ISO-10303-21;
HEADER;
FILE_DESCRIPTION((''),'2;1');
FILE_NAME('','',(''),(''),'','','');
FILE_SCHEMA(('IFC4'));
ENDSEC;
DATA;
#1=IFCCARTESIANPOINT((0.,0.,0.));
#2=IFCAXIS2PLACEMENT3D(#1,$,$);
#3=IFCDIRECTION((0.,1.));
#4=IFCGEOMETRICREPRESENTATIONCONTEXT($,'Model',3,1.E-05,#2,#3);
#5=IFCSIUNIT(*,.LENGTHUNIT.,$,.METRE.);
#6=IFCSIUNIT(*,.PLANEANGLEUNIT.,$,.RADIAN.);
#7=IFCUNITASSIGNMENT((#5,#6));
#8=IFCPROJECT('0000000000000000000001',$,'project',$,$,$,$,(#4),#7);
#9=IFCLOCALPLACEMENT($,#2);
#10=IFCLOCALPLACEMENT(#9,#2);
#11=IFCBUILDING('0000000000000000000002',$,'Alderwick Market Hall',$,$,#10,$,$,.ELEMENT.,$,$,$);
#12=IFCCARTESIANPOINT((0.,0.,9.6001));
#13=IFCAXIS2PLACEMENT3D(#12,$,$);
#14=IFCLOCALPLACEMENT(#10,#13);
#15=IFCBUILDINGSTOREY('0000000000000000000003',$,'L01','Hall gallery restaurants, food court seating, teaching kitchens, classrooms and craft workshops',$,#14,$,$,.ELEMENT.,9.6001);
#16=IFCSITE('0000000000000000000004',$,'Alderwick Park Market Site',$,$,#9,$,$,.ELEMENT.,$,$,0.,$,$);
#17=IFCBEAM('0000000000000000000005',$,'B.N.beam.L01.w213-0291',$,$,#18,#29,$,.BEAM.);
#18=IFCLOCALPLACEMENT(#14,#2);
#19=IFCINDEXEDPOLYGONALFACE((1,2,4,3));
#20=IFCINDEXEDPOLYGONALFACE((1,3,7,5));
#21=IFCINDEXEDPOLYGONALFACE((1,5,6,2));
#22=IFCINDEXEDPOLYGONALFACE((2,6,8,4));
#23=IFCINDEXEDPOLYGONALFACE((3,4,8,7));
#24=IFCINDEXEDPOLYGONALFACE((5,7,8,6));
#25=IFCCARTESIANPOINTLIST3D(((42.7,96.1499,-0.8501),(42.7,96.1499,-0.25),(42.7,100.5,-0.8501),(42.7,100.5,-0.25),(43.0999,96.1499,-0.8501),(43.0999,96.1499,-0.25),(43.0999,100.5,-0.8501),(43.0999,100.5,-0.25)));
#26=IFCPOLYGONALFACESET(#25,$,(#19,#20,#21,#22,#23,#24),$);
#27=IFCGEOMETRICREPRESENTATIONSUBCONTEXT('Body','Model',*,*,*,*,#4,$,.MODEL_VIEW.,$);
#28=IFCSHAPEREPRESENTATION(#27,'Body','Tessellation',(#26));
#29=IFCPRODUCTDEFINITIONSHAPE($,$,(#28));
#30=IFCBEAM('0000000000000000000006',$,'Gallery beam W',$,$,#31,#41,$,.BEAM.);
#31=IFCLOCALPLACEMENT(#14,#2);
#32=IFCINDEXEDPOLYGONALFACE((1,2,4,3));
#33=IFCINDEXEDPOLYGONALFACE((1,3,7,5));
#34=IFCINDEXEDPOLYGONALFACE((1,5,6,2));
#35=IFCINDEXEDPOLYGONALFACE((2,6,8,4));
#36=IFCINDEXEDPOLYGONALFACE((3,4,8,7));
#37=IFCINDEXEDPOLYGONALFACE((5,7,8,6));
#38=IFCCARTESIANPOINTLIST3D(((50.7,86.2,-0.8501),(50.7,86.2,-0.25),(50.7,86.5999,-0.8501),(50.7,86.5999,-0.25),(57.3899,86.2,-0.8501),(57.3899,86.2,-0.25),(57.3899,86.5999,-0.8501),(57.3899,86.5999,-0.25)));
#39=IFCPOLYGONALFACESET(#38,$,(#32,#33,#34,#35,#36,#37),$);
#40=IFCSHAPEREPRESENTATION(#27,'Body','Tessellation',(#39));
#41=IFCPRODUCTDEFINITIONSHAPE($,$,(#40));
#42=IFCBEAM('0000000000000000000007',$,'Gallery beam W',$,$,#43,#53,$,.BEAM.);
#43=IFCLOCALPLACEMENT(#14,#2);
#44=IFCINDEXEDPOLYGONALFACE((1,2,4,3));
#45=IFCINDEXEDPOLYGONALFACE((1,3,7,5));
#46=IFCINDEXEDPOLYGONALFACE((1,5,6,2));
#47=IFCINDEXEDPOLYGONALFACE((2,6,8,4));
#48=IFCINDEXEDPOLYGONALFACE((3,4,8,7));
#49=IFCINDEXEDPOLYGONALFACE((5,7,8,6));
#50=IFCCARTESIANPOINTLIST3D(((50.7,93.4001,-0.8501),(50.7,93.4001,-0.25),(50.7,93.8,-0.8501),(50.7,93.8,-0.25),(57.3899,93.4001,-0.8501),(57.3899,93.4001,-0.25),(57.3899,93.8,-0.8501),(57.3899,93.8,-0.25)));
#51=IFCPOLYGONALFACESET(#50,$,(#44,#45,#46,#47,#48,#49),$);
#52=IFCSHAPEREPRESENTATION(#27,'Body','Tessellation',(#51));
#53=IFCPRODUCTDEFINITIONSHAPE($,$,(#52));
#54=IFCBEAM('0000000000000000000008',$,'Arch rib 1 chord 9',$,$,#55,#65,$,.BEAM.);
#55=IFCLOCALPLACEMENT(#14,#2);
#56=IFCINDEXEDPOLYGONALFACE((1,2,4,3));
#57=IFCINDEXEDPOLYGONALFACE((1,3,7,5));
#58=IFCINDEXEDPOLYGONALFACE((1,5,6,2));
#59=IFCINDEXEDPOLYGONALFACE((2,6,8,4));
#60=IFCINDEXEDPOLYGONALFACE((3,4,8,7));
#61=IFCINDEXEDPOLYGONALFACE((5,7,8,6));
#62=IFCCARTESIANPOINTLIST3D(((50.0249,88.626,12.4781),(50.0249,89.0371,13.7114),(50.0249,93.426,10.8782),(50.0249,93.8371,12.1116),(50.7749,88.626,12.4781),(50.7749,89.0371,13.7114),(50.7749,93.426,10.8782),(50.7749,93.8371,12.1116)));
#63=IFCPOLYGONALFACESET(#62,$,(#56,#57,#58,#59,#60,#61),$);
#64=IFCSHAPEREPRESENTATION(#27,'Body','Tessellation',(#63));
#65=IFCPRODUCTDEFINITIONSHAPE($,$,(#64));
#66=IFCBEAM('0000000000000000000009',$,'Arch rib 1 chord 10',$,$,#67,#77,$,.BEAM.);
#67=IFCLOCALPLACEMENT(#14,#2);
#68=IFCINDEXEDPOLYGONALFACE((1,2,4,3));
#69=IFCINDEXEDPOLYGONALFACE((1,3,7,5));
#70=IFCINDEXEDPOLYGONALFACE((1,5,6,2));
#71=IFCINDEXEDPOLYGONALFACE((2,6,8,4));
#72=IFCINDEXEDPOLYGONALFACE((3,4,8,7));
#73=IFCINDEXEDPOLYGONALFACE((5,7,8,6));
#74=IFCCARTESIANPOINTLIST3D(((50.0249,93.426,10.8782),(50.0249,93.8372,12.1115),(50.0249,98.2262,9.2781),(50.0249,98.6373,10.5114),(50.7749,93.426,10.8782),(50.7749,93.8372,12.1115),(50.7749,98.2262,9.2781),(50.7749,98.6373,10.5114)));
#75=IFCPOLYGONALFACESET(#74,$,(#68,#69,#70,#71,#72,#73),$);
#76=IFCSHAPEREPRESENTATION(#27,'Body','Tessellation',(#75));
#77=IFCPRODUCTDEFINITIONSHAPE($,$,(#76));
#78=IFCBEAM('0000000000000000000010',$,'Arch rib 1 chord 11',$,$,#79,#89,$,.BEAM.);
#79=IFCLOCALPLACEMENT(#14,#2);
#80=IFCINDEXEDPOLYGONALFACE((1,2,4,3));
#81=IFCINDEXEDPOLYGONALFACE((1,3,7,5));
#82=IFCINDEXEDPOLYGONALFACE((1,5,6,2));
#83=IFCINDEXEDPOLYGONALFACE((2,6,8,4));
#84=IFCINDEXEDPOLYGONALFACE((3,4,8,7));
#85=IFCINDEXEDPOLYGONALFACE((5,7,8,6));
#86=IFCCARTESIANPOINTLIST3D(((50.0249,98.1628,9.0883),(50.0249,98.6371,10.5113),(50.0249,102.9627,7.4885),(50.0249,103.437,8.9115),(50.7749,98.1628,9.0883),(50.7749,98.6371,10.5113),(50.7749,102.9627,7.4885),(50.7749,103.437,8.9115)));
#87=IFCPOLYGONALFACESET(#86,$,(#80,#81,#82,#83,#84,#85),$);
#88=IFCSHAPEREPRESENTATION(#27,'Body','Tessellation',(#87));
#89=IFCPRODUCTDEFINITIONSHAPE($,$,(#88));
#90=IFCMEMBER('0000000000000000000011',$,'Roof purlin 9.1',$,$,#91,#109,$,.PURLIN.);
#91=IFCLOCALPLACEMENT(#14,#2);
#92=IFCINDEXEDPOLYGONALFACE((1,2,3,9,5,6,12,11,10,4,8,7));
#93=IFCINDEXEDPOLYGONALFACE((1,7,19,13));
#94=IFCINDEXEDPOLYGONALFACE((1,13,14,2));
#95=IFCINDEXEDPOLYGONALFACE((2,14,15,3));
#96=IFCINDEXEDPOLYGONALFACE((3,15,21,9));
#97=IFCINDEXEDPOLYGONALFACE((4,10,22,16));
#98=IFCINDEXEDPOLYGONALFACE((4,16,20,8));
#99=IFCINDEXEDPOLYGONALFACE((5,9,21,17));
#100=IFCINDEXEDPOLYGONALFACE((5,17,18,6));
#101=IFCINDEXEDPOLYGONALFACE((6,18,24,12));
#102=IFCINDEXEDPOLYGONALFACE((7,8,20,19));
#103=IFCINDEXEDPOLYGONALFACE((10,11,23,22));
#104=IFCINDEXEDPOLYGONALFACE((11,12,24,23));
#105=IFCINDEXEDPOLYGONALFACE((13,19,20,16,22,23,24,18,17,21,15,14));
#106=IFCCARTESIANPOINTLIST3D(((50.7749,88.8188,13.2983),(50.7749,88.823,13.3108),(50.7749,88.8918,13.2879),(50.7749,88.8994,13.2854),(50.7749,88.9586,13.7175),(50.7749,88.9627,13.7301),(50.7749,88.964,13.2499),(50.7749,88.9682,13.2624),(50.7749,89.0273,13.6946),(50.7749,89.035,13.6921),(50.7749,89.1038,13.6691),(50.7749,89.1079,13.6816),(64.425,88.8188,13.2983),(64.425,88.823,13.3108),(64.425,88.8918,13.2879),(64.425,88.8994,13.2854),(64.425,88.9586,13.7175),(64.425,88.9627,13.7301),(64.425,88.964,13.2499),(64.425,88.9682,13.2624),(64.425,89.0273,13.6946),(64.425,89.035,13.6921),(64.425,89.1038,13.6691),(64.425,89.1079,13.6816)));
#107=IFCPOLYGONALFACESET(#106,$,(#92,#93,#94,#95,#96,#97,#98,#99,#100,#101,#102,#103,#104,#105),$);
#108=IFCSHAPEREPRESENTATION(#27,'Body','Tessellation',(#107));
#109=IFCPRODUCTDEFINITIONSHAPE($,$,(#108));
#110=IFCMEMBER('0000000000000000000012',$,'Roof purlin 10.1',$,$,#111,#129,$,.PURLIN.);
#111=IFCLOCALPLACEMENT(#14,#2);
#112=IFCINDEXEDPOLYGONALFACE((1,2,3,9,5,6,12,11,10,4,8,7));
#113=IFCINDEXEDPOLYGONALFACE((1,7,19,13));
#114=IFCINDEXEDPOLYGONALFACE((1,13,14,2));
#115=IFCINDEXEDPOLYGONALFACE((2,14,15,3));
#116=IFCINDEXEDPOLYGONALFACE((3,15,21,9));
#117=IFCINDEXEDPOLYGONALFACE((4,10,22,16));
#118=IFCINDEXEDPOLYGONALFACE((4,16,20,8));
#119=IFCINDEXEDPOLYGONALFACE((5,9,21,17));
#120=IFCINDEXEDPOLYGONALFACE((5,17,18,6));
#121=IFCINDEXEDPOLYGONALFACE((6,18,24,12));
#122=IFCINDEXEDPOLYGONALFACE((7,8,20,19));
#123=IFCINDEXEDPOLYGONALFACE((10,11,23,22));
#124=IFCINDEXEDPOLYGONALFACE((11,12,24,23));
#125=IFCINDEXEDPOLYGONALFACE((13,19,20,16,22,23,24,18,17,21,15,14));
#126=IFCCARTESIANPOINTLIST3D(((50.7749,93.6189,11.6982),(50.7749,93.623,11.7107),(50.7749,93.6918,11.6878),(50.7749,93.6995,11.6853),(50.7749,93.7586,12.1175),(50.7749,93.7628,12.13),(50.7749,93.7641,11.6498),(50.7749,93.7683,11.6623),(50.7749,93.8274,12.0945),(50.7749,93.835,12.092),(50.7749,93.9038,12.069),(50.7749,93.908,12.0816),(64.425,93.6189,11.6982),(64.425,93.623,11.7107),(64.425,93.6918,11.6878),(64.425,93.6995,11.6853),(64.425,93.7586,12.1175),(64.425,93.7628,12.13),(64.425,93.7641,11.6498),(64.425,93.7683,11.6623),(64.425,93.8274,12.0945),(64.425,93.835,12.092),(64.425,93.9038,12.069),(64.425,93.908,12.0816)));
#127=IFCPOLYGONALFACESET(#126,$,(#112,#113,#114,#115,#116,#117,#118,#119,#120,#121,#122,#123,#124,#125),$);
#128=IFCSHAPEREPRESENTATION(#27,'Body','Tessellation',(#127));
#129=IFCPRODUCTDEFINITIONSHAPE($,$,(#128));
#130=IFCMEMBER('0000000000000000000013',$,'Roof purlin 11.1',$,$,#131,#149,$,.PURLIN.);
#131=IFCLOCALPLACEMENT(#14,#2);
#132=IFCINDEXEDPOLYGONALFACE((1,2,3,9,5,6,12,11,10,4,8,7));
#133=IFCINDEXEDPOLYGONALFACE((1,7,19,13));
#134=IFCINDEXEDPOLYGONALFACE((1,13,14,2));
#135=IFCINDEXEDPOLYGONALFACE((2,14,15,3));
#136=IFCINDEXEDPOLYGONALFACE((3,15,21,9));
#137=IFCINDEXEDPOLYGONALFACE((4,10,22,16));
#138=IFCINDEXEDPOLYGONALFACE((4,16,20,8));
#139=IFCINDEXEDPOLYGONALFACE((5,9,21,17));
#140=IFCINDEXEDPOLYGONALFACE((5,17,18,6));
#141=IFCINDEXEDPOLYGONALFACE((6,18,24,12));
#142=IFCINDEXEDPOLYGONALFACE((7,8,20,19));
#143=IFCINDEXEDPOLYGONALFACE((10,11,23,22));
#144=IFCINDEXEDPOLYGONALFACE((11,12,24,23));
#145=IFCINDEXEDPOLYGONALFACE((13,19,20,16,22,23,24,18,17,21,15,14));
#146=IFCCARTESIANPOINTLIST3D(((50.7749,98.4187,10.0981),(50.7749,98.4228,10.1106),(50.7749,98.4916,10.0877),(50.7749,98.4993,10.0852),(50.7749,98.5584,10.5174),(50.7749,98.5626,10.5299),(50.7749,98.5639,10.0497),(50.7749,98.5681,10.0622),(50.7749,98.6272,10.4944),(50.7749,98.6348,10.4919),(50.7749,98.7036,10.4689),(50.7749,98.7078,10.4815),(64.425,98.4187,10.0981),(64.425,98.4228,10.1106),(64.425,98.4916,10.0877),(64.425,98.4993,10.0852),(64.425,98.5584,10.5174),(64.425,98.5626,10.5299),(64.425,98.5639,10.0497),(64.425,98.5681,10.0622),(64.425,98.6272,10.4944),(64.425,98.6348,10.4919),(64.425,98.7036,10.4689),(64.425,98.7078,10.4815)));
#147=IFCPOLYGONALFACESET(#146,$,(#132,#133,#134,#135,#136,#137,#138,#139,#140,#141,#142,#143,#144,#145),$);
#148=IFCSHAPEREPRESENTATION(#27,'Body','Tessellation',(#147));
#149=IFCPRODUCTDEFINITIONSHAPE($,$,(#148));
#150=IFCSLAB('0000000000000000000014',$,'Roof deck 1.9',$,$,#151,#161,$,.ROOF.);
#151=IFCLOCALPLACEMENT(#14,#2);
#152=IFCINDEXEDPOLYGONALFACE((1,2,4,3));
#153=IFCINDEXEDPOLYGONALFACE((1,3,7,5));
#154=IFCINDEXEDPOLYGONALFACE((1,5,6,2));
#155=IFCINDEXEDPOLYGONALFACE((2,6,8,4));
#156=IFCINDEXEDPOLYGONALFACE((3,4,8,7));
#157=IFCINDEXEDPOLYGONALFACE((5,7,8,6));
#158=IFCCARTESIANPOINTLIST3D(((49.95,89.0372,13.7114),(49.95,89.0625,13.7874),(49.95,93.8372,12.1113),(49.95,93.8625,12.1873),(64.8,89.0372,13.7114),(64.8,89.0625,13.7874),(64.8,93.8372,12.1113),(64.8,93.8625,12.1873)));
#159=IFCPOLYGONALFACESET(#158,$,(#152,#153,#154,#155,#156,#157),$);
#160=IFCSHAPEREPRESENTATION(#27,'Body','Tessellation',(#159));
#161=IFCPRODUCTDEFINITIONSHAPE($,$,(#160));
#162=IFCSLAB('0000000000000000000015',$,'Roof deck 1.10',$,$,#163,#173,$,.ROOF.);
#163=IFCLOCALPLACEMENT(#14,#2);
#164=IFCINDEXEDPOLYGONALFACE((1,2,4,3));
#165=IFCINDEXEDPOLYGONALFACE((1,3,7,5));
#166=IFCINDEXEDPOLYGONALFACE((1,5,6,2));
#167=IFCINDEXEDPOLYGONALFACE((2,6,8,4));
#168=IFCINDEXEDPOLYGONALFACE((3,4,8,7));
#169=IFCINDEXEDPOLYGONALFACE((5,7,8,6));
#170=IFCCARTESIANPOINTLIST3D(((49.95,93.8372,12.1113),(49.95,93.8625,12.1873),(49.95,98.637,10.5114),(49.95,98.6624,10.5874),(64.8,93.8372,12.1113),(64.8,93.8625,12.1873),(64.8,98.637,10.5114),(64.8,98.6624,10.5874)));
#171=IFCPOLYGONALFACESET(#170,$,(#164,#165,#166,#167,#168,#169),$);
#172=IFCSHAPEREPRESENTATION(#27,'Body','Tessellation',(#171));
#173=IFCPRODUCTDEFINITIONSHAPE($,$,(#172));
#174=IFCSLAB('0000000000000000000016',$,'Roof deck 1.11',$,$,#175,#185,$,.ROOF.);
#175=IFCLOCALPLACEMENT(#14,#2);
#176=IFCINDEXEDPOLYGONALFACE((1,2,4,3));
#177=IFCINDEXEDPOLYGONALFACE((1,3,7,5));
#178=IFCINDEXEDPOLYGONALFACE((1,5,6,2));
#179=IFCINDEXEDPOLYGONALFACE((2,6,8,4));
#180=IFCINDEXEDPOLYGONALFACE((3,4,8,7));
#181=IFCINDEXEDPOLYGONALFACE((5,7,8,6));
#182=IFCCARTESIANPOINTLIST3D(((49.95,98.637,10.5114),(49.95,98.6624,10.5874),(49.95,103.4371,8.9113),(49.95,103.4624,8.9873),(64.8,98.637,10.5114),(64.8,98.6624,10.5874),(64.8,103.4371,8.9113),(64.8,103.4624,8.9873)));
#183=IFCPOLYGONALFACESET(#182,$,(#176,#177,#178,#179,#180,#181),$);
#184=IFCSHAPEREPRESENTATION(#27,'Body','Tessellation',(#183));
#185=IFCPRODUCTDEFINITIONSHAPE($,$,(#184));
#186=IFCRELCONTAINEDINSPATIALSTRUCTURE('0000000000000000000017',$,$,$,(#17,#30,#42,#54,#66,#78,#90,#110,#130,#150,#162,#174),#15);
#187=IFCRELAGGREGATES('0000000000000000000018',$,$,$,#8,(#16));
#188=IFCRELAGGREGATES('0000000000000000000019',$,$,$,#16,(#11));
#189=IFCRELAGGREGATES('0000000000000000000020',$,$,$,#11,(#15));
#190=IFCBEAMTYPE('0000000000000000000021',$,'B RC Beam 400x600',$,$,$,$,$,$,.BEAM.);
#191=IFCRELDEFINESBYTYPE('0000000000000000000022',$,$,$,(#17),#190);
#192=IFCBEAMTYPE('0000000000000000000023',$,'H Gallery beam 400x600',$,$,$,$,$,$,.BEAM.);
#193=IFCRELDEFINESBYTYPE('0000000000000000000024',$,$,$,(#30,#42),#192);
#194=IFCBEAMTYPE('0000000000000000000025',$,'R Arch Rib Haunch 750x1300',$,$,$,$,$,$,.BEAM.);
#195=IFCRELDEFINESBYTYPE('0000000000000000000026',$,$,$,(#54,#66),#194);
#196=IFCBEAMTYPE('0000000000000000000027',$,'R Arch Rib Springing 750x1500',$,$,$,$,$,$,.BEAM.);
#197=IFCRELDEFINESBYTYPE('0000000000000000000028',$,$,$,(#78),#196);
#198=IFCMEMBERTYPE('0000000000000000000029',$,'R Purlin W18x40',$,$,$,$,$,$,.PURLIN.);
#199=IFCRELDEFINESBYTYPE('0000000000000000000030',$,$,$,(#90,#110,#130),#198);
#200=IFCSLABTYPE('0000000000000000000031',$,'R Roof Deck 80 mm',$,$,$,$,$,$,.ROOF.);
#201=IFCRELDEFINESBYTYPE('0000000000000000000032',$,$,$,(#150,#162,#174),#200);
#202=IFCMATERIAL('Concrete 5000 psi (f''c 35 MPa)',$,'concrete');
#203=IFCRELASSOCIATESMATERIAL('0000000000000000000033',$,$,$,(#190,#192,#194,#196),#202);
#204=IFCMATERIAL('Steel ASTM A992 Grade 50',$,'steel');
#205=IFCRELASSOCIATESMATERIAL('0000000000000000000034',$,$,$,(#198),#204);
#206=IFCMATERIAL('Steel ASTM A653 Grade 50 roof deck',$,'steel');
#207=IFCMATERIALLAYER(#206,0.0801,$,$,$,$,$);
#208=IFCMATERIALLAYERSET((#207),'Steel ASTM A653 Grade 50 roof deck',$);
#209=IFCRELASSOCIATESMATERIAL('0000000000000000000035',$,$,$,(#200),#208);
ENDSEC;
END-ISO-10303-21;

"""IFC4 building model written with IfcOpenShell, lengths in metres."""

from ifc_helpers import new_model, si_unit, direction, frame, origin, origin_2d, place, context, subcontext, project, spatial, polyline, rectangle, i_section, outline, extrude, material, layer, layer_set, material_profile, profile_set, type_object, element, save


model = new_model("IFC4")

# Units and contexts
model_context = context("Model", 3, precision=1e-05, world=origin(), true_north=direction((0.0, 1.0)))
body_context = subcontext(model_context, "Body", "Model", "MODEL_VIEW")
ifc_project = project(units=[si_unit("LENGTHUNIT", "METRE"), si_unit("PLANEANGLEUNIT", "RADIAN")], contexts=[model_context])

# Site, building, storey
site_placement = place(None, origin())
site = spatial("IfcSite", under=ifc_project, at=site_placement, Name="Alderwick Park Market Site", CompositionType="ELEMENT", RefElevation=0.0)
building_placement = place(site_placement, origin())
building = spatial("IfcBuilding", under=site, at=building_placement, Name="Alderwick Market Hall", CompositionType="ELEMENT")
storey_placement = place(building_placement, frame((0.0, 0.0, 9.6001)))
storey = spatial("IfcBuildingStorey", under=building, at=storey_placement, Name="L01", Description="Hall gallery restaurants, food court seating, teaching kitchens, classrooms and craft workshops", CompositionType="ELEMENT", Elevation=9.6001)

# Beams
ifc_material_1 = material(Name="Concrete 5000 psi (f'c 35 MPa)", Category="concrete")
ifc_material_profile_1 = material_profile(ifc_material_1, rectangle(XDim=0.3999, YDim=0.6001, at=origin_2d()), Name="B RC Beam 400x600")
ifc_profile_set_1 = profile_set([ifc_material_profile_1], Name="Concrete 5000 psi (f'c 35 MPa)")
beam_type_1 = type_object("IfcBeamType", Name="B RC Beam 400x600", PredefinedType="BEAM", material=ifc_profile_set_1)
beam_1_placement = place(storey_placement, frame((42.8999, 100.5, -0.55), z_axis=(0.0, -1.0, 0.0), x_axis=(1.0, 0.0, 0.0)))
element("IfcBeam", 1, at=beam_1_placement, inside=storey, type_object=beam_type_1, Name="B.N.beam.L01.w213-0291", PredefinedType="BEAM", context=body_context, shape_type="SweptSolid", body=[
    extrude(rectangle(XDim=0.3999, YDim=0.6001, at=origin_2d()), origin(), (0.0, 0.0, 1.0), 4.3501),
])
ifc_material_profile_2 = material_profile(ifc_material_1, rectangle(XDim=0.3999, YDim=0.6001, at=origin_2d()), Name="RC 400x600")
ifc_profile_set_2 = profile_set([ifc_material_profile_2], Name="Concrete 5000 psi (f'c 35 MPa)")
beam_type_2 = type_object("IfcBeamType", Name="H Gallery beam 400x600", PredefinedType="BEAM", material=ifc_profile_set_2)
for number, where, z_axis, x_axis, name in (
    (2, (50.7, 86.3999, -0.55), (1.0, 0.0, 0.0), (0.0, 1.0, 0.0), "Gallery beam W"),
    (3, (50.7, 93.6001, -0.55), (1.0, 0.0, 0.0), (0.0, 1.0, 0.0), "Gallery beam W"),
):
    element("IfcBeam", number, at=place(storey_placement, frame(where, z_axis=z_axis, x_axis=x_axis)), inside=storey, type_object=beam_type_2, Name=name, PredefinedType="BEAM", context=body_context, shape_type="SweptSolid", body=[
        extrude(rectangle(XDim=0.3999, YDim=0.6001, at=origin_2d()), origin(), (0.0, 0.0, 1.0), 6.6899),
    ])
ifc_material_profile_3 = material_profile(ifc_material_1, rectangle(XDim=0.75, YDim=1.3, at=origin_2d()), Name="RC 750x1300")
ifc_profile_set_3 = profile_set([ifc_material_profile_3], Name="Concrete 5000 psi (f'c 35 MPa)")
beam_type_3 = type_object("IfcBeamType", Name="R Arch Rib Haunch 750x1300", PredefinedType="BEAM", material=ifc_profile_set_3)
beam_2_placement = place(storey_placement, frame((50.3999, 88.8315, 13.0947), z_axis=(0.0, 0.948693, -0.316199), x_axis=(-1.0, 0.0, 0.0)))
element("IfcBeam", 4, at=beam_2_placement, inside=storey, type_object=beam_type_3, Name="Arch rib 1 chord 9", PredefinedType="BEAM", context=body_context, shape_type="SweptSolid", body=[
    extrude(rectangle(XDim=0.75, YDim=1.3, at=origin_2d()), origin(), (0.0, 0.0, 1.0), 5.0596),
])
beam_3_placement = place(storey_placement, frame((50.3999, 93.6316, 11.4949), z_axis=(0.0, 0.948678, -0.316242), x_axis=(-1.0, 0.0, 0.0)))
element("IfcBeam", 5, at=beam_3_placement, inside=storey, type_object=beam_type_3, Name="Arch rib 1 chord 10", PredefinedType="BEAM", context=body_context, shape_type="SweptSolid", body=[
    extrude(rectangle(XDim=0.75, YDim=1.3, at=origin_2d()), origin(), (0.0, 0.0, 1.0), 5.0598),
])
ifc_material_profile_4 = material_profile(ifc_material_1, rectangle(XDim=0.75, YDim=1.5, at=origin_2d()), Name="RC 750x1500")
ifc_profile_set_4 = profile_set([ifc_material_profile_4], Name="Concrete 5000 psi (f'c 35 MPa)")
beam_type_4 = type_object("IfcBeamType", Name="R Arch Rib Springing 750x1500", PredefinedType="BEAM", material=ifc_profile_set_4)
beam_4_placement = place(storey_placement, frame((50.3999, 98.3999, 9.7998), z_axis=(0.0, 0.948693, -0.316199), x_axis=(-1.0, 0.0, 0.0)))
element("IfcBeam", 6, at=beam_4_placement, inside=storey, type_object=beam_type_4, Name="Arch rib 1 chord 11", PredefinedType="BEAM", context=body_context, shape_type="SweptSolid", body=[
    extrude(rectangle(XDim=0.75, YDim=1.5, at=origin_2d()), origin(), (0.0, 0.0, 1.0), 5.0596),
])

# Members
ifc_material_2 = material(Name="Steel ASTM A992 Grade 50", Category="steel")
ifc_material_profile_5 = material_profile(ifc_material_2, i_section(OverallWidth=0.1531, OverallDepth=0.4551, WebThickness=0.0081, FlangeThickness=0.0132, at=origin_2d()), Name="W18x40")
ifc_profile_set_5 = profile_set([ifc_material_profile_5], Name="Steel ASTM A992 Grade 50")
member_type = type_object("IfcMemberType", Name="R Purlin W18x40", PredefinedType="PURLIN", material=ifc_profile_set_5)
for number, where, z_axis, x_axis, name in (
    (7, (50.7749, 88.9634, 13.49), (1.0, 0.0, 0.0), (0.0, 0.948683, -0.316228), "Roof purlin 9.1"),
    (8, (50.7749, 93.7634, 11.8899), (1.0, 0.0, 0.0), (0.0, 0.948683, -0.316228), "Roof purlin 10.1"),
    (9, (50.7749, 98.5632, 10.2898), (1.0, 0.0, 0.0), (0.0, 0.948683, -0.316228), "Roof purlin 11.1"),
):
    element("IfcMember", number, at=place(storey_placement, frame(where, z_axis=z_axis, x_axis=x_axis)), inside=storey, type_object=member_type, Name=name, PredefinedType="PURLIN", context=body_context, shape_type="SweptSolid", body=[
        extrude(i_section(OverallWidth=0.1531, OverallDepth=0.4551, WebThickness=0.0081, FlangeThickness=0.0132, at=origin_2d()), origin(), (0.0, 0.0, 1.0), 13.6501),
    ])

# Slabs
ifc_material_3 = material(Name="Steel ASTM A653 Grade 50 roof deck", Category="steel")
ifc_layer_1 = layer(ifc_material_3, 0.0801)
ifc_layer_set_1 = layer_set([ifc_layer_1], Name="Steel ASTM A653 Grade 50 roof deck")
slab_type = type_object("IfcSlabType", Name="R Roof Deck 80 mm", PredefinedType="ROOF", material=ifc_layer_set_1)
slab_1_placement = place(storey_placement, frame((49.95, 89.0625, 13.7874), z_axis=(0.0, 0.316242, 0.948678), x_axis=(1.0, 0.0, 0.0)))
element("IfcSlab", 10, at=slab_1_placement, inside=storey, type_object=slab_type, Name="Roof deck 1.9", PredefinedType="ROOF", context=body_context, shape_type="SweptSolid", body=[
    extrude(outline(polyline([(0.0, 0.0), (14.8501, 0.0), (14.8501, 5.0597), (0.0, 5.0597), (0.0, 0.0)])), origin(), (0.0, 0.0, -1.0), 0.0801),
])
slab_2_placement = place(storey_placement, frame((49.95, 93.8625, 12.1873), z_axis=(0.0, 0.316213, 0.948688), x_axis=(1.0, 0.0, 0.0)))
element("IfcSlab", 11, at=slab_2_placement, inside=storey, type_object=slab_type, Name="Roof deck 1.10", PredefinedType="ROOF", context=body_context, shape_type="SweptSolid", body=[
    extrude(outline(polyline([(0.0, 0.0), (14.8501, 0.0), (14.8501, 5.0594), (0.0, 5.0594), (0.0, 0.0)])), origin(), (0.0, 0.0, -1.0), 0.0801),
])
slab_3_placement = place(storey_placement, frame((49.95, 98.6624, 10.5874), z_axis=(0.0, 0.316242, 0.948678), x_axis=(1.0, 0.0, 0.0)))
element("IfcSlab", 12, at=slab_3_placement, inside=storey, type_object=slab_type, Name="Roof deck 1.11", PredefinedType="ROOF", context=body_context, shape_type="SweptSolid", body=[
    extrude(outline(polyline([(0.0, 0.0), (14.8501, 0.0), (14.8501, 5.0597), (0.0, 5.0597), (0.0, 0.0)])), origin(), (0.0, 0.0, -1.0), 0.0801),
])

save(model, "model.ifc")
